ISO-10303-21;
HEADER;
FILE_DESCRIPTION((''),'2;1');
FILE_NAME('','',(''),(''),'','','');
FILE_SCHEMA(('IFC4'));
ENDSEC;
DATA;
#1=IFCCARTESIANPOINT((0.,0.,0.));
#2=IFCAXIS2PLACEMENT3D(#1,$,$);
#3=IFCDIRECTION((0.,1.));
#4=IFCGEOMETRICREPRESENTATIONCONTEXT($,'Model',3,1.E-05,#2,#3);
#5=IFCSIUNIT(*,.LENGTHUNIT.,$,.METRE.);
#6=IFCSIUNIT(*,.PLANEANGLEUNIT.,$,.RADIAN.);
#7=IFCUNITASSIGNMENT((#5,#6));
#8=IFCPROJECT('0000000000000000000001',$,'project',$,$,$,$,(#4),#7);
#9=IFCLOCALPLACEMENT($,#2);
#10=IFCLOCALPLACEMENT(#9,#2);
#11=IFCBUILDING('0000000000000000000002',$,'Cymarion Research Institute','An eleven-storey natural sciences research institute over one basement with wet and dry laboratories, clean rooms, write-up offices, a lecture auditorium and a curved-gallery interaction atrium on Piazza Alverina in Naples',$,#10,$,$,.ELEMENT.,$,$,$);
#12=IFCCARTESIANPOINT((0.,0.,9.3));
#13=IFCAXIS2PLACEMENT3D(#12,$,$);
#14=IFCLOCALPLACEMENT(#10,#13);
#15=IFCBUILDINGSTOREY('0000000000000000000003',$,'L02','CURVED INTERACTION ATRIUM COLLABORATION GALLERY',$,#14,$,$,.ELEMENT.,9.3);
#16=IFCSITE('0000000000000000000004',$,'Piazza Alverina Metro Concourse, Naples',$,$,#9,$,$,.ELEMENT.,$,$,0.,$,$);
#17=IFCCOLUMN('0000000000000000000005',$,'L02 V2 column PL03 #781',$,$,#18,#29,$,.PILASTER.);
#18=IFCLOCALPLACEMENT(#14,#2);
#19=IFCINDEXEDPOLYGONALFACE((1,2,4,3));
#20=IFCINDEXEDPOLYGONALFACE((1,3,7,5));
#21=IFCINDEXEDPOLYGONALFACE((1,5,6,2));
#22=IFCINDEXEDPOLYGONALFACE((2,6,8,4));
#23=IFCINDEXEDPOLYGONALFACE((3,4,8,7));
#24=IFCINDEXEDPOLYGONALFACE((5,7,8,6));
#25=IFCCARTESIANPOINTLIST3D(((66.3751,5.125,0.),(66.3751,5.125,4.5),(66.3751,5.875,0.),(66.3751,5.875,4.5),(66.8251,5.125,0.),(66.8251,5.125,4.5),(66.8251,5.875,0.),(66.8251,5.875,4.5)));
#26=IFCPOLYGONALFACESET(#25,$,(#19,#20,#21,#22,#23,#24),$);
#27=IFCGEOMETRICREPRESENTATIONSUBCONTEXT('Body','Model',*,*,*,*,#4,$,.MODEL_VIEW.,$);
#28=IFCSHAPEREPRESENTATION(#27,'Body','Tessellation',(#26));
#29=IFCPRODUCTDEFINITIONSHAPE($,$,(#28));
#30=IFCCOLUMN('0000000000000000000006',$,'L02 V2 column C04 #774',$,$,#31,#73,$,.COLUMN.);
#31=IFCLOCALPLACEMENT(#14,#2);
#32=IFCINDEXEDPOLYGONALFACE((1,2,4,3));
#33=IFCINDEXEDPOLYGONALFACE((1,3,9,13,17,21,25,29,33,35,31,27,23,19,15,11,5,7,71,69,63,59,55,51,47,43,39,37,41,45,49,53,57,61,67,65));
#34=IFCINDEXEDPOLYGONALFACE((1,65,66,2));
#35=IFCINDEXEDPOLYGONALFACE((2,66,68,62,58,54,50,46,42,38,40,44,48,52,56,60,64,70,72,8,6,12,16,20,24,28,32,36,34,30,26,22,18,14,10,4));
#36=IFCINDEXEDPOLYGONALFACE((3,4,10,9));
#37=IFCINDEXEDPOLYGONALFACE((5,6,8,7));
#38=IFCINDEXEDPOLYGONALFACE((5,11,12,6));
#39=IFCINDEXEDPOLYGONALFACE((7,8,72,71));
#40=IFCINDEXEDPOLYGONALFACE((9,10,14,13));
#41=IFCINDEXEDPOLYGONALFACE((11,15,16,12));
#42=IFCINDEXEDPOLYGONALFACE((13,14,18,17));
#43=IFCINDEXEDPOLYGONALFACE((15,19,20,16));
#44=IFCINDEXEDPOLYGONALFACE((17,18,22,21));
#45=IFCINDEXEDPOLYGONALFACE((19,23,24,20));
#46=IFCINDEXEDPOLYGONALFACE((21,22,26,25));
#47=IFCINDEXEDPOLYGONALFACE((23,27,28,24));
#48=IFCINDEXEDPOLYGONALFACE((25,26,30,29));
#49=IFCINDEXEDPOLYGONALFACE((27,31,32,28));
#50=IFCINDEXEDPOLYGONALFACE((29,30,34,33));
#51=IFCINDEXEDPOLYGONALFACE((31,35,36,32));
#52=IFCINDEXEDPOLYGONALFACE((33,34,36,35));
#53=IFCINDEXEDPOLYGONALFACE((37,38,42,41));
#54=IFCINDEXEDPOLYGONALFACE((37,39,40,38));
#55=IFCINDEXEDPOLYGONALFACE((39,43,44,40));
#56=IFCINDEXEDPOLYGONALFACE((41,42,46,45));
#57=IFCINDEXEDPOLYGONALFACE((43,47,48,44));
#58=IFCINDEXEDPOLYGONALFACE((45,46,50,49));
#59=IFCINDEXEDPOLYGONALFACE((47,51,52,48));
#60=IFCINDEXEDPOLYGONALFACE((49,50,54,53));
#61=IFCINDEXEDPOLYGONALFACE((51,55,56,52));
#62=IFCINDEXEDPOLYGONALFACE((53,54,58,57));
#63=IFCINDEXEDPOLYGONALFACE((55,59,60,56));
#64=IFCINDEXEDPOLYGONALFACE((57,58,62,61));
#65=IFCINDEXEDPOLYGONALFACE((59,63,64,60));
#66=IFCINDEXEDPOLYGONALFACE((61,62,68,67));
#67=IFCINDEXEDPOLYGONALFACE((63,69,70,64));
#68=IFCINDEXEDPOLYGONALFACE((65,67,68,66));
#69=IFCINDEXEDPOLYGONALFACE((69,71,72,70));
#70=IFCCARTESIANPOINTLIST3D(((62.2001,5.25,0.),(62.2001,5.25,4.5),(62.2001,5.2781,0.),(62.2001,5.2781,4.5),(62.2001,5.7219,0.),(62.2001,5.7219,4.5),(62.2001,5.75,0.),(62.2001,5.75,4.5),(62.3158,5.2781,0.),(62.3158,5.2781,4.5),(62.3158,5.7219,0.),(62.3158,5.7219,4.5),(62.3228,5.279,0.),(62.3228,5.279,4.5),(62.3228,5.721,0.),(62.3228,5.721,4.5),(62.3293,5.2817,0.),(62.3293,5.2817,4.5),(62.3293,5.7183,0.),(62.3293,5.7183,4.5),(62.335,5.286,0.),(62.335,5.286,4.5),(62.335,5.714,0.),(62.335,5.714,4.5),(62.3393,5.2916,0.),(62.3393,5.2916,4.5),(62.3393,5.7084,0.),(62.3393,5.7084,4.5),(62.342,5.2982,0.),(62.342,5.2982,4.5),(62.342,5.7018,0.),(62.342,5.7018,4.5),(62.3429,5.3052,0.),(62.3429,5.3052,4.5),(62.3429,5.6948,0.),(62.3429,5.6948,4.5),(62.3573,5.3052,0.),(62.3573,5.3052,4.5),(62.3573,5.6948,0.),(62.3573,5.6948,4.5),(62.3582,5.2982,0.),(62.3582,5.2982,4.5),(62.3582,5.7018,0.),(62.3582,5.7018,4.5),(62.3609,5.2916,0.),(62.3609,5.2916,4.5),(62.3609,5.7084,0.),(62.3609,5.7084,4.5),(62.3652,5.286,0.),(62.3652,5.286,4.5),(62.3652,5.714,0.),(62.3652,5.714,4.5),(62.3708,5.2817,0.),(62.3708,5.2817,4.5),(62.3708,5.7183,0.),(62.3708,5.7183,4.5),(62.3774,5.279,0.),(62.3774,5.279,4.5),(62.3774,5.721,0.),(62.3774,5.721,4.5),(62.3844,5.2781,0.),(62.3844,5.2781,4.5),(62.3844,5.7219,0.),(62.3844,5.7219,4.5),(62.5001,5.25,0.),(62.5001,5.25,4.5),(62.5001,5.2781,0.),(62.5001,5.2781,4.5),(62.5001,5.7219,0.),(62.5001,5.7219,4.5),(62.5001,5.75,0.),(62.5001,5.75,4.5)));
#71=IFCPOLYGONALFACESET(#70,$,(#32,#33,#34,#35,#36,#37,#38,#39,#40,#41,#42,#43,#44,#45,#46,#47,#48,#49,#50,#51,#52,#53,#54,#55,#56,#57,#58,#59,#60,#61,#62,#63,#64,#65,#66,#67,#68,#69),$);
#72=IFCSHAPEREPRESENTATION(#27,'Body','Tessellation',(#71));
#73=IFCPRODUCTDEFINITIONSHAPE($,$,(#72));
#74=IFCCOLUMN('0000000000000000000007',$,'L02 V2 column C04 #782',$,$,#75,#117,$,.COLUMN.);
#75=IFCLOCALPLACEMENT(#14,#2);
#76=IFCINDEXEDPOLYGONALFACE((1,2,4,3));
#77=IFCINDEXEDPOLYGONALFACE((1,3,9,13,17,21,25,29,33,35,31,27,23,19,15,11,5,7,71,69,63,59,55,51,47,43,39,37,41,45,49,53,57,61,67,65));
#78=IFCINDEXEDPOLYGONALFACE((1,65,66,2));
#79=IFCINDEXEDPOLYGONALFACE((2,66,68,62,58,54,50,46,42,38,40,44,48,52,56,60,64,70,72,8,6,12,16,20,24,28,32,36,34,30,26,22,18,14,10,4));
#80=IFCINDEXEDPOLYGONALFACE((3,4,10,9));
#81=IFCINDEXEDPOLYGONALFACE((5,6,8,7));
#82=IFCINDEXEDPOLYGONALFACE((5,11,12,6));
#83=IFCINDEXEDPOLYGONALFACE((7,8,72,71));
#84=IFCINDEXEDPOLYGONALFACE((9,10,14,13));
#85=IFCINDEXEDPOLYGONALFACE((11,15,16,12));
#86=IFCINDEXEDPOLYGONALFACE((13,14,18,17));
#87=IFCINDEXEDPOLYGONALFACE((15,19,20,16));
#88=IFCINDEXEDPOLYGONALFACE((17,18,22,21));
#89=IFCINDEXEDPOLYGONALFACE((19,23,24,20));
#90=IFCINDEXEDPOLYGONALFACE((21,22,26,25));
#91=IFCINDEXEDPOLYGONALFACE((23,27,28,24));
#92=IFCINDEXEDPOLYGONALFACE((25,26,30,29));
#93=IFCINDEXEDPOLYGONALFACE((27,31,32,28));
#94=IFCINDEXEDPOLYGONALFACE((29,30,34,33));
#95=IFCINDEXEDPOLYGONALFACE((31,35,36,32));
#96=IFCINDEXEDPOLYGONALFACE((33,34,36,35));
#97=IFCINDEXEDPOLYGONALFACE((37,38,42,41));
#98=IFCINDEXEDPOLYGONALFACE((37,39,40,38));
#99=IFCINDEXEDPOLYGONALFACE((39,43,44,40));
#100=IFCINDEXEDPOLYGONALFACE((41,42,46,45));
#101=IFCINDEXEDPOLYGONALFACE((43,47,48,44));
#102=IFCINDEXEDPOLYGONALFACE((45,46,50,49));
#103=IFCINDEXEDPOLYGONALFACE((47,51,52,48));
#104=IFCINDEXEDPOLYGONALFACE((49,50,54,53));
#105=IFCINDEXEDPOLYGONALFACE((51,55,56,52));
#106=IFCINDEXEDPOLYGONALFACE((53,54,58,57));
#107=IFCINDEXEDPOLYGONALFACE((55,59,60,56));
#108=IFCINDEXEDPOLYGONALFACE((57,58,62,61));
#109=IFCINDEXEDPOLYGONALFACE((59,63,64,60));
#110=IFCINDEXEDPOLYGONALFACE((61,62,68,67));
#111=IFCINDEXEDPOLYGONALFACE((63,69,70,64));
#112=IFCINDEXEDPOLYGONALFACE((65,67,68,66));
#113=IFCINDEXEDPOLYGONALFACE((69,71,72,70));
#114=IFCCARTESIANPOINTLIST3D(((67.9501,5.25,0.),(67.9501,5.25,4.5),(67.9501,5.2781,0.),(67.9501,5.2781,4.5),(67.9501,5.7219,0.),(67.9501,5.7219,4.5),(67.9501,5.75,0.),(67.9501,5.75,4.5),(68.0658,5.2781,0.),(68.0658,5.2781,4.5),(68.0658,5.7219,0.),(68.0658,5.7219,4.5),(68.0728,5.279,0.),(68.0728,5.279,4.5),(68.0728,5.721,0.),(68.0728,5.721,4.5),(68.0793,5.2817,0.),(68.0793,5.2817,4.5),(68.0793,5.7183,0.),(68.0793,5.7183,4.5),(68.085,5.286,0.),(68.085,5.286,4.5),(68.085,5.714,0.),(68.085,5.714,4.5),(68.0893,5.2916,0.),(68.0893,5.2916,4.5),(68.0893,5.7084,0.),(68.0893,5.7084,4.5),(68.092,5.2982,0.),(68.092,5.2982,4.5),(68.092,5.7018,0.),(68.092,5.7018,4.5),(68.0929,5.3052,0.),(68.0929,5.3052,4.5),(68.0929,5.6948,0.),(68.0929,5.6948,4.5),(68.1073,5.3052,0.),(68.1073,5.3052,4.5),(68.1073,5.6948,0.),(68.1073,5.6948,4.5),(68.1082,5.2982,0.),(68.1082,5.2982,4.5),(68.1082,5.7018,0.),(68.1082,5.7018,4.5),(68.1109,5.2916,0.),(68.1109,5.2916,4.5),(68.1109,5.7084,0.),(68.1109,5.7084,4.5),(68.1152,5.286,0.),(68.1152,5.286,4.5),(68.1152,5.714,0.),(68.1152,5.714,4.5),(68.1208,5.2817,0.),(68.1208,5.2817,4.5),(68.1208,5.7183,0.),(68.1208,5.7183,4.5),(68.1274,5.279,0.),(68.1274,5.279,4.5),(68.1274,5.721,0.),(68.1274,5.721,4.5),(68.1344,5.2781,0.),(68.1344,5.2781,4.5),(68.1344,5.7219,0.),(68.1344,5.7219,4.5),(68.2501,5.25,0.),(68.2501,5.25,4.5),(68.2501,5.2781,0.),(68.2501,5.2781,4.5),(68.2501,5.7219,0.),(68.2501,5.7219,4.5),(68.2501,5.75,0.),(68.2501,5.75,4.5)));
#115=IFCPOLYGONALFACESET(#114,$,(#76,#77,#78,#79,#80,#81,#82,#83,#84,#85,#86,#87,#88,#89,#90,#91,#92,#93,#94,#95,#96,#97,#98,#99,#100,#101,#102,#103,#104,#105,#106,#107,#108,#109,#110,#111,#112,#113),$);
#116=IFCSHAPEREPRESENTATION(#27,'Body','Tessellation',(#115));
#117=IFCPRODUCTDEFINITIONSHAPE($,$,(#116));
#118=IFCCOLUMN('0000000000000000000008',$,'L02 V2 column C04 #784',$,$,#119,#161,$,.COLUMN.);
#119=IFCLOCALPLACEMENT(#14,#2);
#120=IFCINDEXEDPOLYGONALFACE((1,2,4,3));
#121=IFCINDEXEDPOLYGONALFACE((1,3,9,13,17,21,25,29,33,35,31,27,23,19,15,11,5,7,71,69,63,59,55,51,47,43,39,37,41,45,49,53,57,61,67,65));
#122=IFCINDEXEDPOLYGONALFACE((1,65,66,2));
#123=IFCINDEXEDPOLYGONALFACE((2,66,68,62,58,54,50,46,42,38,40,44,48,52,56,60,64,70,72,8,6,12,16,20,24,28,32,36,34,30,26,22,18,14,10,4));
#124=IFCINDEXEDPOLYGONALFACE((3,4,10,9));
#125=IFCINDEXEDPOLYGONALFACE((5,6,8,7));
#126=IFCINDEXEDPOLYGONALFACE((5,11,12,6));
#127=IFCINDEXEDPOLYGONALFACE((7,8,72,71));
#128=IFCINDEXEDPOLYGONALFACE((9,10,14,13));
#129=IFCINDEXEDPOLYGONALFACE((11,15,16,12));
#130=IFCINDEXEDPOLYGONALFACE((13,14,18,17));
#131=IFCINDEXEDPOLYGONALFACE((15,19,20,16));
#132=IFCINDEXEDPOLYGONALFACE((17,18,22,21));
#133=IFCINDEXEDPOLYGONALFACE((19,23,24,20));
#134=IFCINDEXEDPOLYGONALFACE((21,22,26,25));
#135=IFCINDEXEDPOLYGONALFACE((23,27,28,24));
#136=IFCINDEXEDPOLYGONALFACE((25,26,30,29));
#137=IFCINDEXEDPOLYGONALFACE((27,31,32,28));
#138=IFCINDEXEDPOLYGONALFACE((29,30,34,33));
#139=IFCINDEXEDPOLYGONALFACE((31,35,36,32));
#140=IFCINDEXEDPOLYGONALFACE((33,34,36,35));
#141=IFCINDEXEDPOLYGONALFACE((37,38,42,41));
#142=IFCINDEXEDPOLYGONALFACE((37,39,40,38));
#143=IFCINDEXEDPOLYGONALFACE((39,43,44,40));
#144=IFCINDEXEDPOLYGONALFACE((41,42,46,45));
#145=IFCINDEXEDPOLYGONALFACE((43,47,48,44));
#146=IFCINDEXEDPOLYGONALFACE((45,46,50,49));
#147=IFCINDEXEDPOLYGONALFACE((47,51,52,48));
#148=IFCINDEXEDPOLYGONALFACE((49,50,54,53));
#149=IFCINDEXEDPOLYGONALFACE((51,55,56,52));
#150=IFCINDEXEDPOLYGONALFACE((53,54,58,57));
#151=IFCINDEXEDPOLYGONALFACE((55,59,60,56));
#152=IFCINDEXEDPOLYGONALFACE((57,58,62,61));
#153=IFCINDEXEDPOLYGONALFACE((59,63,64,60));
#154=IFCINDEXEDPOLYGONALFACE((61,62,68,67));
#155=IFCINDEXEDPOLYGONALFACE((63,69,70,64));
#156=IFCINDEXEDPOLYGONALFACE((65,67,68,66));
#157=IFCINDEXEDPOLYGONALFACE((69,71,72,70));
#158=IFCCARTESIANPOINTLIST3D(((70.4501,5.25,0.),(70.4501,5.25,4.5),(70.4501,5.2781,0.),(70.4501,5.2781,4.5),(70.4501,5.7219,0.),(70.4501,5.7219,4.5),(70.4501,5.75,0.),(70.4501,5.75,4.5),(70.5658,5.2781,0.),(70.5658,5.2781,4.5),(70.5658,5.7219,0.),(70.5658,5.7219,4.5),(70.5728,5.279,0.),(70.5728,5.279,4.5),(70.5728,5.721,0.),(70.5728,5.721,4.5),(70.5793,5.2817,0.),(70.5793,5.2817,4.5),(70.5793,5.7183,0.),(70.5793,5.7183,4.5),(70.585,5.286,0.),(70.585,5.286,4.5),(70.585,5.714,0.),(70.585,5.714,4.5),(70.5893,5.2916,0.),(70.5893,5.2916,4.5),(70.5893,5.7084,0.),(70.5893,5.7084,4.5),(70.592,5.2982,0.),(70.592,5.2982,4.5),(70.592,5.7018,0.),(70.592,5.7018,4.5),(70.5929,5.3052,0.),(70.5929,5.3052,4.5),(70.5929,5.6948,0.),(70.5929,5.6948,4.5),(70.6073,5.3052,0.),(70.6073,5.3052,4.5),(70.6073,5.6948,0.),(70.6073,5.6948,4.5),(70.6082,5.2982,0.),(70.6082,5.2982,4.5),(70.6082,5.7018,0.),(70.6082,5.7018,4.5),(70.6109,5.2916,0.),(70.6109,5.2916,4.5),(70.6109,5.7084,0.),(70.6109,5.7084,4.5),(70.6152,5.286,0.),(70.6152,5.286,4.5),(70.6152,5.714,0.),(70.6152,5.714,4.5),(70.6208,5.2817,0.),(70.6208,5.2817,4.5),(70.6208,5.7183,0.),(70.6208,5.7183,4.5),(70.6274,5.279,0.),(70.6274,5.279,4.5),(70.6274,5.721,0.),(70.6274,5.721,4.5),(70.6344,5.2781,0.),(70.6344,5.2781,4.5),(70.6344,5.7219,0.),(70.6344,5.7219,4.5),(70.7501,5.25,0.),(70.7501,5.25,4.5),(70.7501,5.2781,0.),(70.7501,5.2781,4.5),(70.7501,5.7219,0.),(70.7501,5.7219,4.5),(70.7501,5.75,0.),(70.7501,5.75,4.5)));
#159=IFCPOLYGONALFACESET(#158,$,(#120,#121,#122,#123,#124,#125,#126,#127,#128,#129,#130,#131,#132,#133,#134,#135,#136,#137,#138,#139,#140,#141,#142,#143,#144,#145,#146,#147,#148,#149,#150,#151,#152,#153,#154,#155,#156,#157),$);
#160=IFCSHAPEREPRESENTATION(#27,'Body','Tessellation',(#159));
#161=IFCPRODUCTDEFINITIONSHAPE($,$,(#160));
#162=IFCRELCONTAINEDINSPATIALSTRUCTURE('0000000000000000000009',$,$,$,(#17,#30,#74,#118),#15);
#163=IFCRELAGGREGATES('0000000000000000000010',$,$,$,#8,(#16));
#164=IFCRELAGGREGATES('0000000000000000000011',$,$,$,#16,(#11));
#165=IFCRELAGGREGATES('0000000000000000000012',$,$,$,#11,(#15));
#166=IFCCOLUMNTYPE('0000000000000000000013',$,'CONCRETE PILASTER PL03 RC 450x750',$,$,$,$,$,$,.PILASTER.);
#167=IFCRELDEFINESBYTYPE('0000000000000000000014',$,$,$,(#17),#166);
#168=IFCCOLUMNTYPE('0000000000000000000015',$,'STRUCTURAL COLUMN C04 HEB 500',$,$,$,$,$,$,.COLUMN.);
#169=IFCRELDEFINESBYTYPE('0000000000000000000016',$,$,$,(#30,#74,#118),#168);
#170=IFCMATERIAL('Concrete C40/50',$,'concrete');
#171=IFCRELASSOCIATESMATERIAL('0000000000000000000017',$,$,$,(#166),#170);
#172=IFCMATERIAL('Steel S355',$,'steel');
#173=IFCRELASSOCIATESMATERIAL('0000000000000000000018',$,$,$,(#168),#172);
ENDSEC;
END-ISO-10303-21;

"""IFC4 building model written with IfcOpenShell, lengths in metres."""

from ifc_helpers import new_model, si_unit, direction, frame, origin, origin_2d, place, context, subcontext, project, spatial, rectangle, i_section, extrude, material, material_profile, profile_set, type_object, element, save


model = new_model("IFC4")

# Units and contexts
model_context = context("Model", 3, precision=1e-05, world=origin(), true_north=direction((0.0, 1.0)))
body_context = subcontext(model_context, "Body", "Model", "MODEL_VIEW")
ifc_project = project(units=[si_unit("LENGTHUNIT", "METRE"), si_unit("PLANEANGLEUNIT", "RADIAN")], contexts=[model_context])

# Site, building, storey
site_placement = place(None, origin())
site = spatial("IfcSite", under=ifc_project, at=site_placement, Name="Piazza Alverina Metro Concourse, Naples", CompositionType="ELEMENT", RefElevation=0.0)
building_placement = place(site_placement, origin())
building = spatial("IfcBuilding", under=site, at=building_placement, Name="Cymarion Research Institute", Description="An eleven-storey natural sciences research institute over one basement with wet and dry laboratories, clean rooms, write-up offices, a lecture auditorium and a curved-gallery interaction atrium on Piazza Alverina in Naples", CompositionType="ELEMENT")
storey_placement = place(building_placement, frame((0.0, 0.0, 9.3)))
storey = spatial("IfcBuildingStorey", under=building, at=storey_placement, Name="L02", Description="CURVED INTERACTION ATRIUM COLLABORATION GALLERY", CompositionType="ELEMENT", Elevation=9.3)

# Columns
ifc_material_1 = material(Name="Concrete C40/50", Category="concrete")
ifc_material_profile_1 = material_profile(ifc_material_1, rectangle(XDim=0.45, YDim=0.75, at=origin_2d()), Name="RC 450x750")
ifc_profile_set_1 = profile_set([ifc_material_profile_1], Name="Concrete C40/50")
column_type_1 = type_object("IfcColumnType", Name="CONCRETE PILASTER PL03 RC 450x750", PredefinedType="PILASTER", material=ifc_profile_set_1)
column_placement = place(storey_placement, frame((66.6001, 5.5, 0.0), z_axis=(0.0, 0.0, 1.0), x_axis=(1.0, 0.0, 0.0)))
element("IfcColumn", 1, at=column_placement, inside=storey, type_object=column_type_1, Name="L02 V2 column PL03 #781", PredefinedType="PILASTER", context=body_context, shape_type="SweptSolid", body=[
    extrude(rectangle(XDim=0.45, YDim=0.75, at=origin_2d()), origin(), (0.0, 0.0, 1.0), 4.5),
])
ifc_material_2 = material(Name="Steel S355", Category="steel")
ifc_material_profile_2 = material_profile(ifc_material_2, i_section(OverallWidth=0.3, OverallDepth=0.5, WebThickness=0.0144, FlangeThickness=0.0281, FilletRadius=0.0271, at=origin_2d()), Name="HEB 500")
ifc_profile_set_2 = profile_set([ifc_material_profile_2], Name="Steel S355")
column_type_2 = type_object("IfcColumnType", Name="STRUCTURAL COLUMN C04 HEB 500", PredefinedType="COLUMN", material=ifc_profile_set_2)
for number, where, z_axis, x_axis, name in (
    (2, (62.3501, 5.5, 0.0), (0.0, 0.0, 1.0), (1.0, 0.0, 0.0), "L02 V2 column C04 #774"),
    (3, (68.1001, 5.5, 0.0), (0.0, 0.0, 1.0), (1.0, 0.0, 0.0), "L02 V2 column C04 #782"),
    (4, (70.6001, 5.5, 0.0), (0.0, 0.0, 1.0), (1.0, 0.0, 0.0), "L02 V2 column C04 #784"),
):
    element("IfcColumn", number, at=place(storey_placement, frame(where, z_axis=z_axis, x_axis=x_axis)), inside=storey, type_object=column_type_2, Name=name, PredefinedType="COLUMN", context=body_context, shape_type="SweptSolid", body=[
        extrude(i_section(OverallWidth=0.3, OverallDepth=0.5, WebThickness=0.0144, FlangeThickness=0.0281, FilletRadius=0.0271, at=origin_2d()), origin(), (0.0, 0.0, 1.0), 4.5),
    ])

save(model, "model.ifc")
